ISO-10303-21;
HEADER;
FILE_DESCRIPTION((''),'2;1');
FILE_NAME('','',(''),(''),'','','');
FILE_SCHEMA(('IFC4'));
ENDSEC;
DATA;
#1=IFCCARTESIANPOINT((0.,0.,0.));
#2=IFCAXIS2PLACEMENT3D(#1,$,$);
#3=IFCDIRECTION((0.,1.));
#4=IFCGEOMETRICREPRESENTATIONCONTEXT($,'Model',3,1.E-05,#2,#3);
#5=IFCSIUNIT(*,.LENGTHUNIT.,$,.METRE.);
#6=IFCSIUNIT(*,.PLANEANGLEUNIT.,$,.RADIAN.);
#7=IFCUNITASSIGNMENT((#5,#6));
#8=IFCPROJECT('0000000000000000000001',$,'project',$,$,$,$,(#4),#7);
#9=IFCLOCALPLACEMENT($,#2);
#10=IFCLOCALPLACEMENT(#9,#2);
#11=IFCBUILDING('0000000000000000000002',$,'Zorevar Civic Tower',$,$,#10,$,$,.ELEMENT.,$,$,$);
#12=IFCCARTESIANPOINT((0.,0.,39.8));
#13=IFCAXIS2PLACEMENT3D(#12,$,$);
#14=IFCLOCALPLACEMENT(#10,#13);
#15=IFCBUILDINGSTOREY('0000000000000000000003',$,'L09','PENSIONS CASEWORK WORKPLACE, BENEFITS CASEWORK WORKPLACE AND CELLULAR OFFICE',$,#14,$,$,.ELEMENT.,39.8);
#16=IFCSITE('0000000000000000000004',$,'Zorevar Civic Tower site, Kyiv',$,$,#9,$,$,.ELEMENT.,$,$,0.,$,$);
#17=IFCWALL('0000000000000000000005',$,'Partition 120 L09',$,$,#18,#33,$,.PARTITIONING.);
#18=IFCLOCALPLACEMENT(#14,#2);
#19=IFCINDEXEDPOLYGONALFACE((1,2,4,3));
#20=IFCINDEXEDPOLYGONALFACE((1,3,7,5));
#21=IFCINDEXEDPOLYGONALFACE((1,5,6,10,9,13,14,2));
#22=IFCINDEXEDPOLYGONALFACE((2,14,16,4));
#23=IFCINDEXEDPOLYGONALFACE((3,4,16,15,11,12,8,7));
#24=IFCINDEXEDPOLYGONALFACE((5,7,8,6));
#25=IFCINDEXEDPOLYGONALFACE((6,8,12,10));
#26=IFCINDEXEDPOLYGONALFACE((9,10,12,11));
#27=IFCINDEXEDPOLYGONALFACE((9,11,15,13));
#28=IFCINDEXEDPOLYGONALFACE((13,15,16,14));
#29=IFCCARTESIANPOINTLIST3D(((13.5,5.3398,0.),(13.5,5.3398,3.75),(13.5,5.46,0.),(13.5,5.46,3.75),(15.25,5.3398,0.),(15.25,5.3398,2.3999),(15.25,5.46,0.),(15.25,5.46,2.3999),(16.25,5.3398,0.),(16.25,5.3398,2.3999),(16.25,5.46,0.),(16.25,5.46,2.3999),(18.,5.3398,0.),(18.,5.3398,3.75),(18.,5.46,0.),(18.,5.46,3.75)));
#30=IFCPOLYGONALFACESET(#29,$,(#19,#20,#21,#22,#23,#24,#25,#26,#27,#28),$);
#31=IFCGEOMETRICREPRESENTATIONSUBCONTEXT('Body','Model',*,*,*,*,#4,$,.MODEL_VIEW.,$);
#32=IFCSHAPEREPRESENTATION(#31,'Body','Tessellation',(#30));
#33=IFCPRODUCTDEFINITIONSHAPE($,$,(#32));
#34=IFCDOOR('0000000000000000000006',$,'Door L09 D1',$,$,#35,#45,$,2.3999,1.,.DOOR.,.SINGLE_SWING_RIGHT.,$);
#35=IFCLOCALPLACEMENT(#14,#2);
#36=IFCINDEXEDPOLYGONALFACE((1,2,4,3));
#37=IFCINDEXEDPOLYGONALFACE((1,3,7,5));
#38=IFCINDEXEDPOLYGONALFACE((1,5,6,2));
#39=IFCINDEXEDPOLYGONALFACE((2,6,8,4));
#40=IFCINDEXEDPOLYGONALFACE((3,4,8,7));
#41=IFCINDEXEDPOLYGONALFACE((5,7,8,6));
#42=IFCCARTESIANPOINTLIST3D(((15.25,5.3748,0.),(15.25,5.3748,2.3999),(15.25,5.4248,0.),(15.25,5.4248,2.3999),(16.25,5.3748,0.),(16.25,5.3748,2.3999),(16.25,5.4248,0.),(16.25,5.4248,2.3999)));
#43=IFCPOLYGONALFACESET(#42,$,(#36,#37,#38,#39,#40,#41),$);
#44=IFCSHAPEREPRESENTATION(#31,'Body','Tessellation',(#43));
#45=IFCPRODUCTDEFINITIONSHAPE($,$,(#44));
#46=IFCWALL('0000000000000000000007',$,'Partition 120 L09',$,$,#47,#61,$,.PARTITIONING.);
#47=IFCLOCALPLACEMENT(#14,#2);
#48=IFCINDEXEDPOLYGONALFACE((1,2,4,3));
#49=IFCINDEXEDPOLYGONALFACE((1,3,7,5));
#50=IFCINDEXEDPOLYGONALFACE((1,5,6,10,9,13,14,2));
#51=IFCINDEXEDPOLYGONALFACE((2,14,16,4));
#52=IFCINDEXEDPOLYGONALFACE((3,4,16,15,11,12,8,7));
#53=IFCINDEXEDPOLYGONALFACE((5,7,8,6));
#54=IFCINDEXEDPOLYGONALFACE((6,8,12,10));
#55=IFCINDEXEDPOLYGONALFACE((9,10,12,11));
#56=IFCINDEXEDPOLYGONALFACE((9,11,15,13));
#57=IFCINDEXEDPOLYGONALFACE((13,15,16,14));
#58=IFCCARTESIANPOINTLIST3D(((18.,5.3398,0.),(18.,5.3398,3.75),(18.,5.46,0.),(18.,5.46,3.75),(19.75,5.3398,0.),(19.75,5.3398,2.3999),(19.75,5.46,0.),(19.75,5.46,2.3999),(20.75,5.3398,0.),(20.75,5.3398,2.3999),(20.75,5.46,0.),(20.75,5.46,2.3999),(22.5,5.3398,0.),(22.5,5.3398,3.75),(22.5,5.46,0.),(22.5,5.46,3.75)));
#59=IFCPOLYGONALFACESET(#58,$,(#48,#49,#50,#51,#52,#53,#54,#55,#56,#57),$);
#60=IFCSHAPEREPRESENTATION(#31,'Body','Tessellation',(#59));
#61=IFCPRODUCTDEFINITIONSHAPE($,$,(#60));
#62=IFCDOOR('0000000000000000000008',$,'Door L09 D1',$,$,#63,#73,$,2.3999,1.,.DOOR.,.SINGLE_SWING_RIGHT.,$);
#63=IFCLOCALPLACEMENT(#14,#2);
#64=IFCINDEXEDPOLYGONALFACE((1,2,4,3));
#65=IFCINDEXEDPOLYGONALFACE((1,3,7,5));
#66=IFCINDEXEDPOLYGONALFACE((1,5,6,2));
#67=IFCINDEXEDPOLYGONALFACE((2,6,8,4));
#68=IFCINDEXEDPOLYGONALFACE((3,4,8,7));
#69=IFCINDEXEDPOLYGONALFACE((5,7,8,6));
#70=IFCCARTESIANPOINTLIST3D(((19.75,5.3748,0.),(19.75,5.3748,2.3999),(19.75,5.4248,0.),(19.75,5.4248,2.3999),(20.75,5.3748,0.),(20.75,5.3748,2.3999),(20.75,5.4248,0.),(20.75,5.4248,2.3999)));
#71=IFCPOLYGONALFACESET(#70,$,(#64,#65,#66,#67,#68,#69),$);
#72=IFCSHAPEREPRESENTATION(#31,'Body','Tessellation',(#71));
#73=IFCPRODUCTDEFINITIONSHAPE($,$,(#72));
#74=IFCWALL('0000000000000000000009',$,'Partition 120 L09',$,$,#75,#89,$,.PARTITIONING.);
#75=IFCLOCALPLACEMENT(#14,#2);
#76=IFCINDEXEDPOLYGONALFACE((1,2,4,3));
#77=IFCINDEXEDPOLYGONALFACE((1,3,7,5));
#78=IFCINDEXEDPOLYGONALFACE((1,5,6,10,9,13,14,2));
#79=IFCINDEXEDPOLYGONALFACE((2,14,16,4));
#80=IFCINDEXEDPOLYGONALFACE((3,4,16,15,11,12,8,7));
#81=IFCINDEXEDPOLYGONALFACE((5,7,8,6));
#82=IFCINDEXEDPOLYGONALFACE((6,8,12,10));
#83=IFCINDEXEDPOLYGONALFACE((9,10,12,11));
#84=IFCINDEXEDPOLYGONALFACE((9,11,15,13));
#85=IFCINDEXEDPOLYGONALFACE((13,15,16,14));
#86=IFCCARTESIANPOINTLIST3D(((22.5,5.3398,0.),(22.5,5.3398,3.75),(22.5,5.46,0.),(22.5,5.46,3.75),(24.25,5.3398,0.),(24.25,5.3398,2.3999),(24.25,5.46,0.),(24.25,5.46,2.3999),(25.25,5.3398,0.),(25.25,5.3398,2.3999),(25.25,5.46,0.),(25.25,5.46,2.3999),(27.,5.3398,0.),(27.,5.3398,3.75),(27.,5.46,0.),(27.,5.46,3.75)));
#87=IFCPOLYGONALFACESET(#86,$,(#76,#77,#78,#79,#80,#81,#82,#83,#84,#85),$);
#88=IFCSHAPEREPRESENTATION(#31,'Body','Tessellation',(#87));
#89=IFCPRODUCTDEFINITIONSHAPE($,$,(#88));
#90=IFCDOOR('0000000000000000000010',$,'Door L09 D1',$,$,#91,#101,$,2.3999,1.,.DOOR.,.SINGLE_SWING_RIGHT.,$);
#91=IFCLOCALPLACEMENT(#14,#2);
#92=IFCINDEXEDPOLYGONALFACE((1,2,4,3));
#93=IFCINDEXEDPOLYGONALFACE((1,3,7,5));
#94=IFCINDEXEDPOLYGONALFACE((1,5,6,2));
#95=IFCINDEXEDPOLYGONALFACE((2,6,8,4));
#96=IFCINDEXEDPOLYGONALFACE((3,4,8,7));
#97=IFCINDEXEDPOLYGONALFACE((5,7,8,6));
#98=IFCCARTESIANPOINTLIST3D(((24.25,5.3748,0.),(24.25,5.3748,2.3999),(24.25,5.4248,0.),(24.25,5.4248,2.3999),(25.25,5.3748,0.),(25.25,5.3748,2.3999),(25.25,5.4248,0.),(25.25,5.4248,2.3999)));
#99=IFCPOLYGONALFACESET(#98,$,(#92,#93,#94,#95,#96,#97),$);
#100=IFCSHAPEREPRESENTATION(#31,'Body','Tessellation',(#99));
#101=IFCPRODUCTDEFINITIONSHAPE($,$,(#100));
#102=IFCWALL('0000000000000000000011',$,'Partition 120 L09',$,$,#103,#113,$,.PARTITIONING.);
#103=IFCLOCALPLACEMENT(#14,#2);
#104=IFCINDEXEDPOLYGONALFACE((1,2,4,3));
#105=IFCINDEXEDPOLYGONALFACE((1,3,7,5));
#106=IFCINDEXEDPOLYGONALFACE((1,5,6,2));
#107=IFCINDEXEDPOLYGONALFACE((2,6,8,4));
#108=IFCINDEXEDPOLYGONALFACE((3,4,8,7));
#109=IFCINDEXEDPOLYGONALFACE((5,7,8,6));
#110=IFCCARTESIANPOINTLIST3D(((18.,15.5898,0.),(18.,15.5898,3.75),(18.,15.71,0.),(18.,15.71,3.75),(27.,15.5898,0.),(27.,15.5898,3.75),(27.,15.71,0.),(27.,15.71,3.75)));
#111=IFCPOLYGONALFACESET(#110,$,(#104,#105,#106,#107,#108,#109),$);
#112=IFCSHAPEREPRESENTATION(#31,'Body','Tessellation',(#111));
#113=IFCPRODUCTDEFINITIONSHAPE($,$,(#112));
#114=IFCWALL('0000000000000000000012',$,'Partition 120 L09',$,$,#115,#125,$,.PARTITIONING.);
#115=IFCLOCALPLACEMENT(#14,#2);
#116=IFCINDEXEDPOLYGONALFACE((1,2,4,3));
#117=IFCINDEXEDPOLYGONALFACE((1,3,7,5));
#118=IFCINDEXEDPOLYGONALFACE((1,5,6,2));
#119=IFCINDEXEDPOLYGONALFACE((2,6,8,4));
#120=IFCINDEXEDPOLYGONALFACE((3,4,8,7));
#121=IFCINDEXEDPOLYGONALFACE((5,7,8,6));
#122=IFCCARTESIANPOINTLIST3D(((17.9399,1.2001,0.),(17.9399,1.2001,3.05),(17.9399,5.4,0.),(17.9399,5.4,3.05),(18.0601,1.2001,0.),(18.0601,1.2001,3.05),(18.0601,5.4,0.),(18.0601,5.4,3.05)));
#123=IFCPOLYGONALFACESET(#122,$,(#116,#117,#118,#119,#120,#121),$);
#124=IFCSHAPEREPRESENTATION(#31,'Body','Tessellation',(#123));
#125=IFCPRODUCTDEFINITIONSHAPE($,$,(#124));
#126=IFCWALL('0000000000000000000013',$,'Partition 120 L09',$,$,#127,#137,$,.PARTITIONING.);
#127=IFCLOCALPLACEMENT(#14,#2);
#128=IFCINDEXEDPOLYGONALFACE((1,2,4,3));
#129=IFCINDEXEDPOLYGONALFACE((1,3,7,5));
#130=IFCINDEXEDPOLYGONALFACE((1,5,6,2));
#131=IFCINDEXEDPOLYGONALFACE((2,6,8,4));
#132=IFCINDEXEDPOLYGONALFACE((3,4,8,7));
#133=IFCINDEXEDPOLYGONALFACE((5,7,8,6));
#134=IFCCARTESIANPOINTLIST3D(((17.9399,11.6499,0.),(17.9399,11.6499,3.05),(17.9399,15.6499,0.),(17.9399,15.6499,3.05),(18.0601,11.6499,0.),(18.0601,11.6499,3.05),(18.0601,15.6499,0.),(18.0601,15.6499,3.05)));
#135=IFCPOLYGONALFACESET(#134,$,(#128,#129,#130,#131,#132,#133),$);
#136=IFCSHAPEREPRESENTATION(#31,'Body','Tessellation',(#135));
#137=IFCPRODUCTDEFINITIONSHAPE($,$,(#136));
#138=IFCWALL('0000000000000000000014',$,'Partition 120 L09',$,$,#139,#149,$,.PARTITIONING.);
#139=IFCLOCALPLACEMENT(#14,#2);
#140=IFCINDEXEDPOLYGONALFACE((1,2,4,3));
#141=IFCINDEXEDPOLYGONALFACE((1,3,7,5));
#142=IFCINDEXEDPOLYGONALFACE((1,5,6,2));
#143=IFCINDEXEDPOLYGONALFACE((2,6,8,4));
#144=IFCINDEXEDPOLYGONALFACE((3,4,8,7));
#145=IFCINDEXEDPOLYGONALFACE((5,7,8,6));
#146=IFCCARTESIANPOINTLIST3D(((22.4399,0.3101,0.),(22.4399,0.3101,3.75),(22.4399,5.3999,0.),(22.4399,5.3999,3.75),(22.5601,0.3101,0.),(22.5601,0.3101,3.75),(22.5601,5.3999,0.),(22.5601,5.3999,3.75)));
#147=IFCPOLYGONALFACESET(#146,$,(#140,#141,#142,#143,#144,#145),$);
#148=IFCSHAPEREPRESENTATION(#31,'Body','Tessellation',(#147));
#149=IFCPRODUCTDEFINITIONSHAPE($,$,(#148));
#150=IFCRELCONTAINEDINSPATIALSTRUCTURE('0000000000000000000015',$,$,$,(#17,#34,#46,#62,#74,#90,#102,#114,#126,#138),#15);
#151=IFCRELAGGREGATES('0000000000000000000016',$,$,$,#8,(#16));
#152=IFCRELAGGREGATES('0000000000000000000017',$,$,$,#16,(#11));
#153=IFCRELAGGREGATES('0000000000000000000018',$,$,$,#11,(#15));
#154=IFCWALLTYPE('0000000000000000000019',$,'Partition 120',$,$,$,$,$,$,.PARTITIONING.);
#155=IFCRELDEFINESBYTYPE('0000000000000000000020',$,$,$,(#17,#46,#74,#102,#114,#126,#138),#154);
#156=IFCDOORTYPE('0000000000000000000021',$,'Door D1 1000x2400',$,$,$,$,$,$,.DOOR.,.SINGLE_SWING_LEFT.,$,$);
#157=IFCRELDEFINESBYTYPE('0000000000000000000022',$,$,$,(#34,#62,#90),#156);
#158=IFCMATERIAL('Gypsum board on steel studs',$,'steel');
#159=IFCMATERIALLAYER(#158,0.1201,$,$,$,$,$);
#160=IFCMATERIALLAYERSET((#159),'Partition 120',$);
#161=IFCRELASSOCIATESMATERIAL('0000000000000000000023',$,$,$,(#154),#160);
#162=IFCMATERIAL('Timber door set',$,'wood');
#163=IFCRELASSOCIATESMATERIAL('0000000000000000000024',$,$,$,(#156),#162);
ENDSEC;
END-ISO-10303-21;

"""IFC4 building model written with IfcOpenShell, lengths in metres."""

from ifc_helpers import new_model, si_unit, direction, frame, frame_2d, origin, place, context, subcontext, project, spatial, rectangle, extrude, material, layer, layer_set, type_object, element, fill, save


model = new_model("IFC4")

# Units and contexts
model_context = context("Model", 3, precision=1e-05, world=origin(), true_north=direction((0.0, 1.0)))
body_context = subcontext(model_context, "Body", "Model", "MODEL_VIEW")
ifc_project = project(units=[si_unit("LENGTHUNIT", "METRE"), si_unit("PLANEANGLEUNIT", "RADIAN")], contexts=[model_context])

# Site, building, storey
site_placement = place(None, origin())
site = spatial("IfcSite", under=ifc_project, at=site_placement, Name="Zorevar Civic Tower site, Kyiv", CompositionType="ELEMENT", RefElevation=0.0)
building_placement = place(site_placement, origin())
building = spatial("IfcBuilding", under=site, at=building_placement, Name="Zorevar Civic Tower", CompositionType="ELEMENT")
storey_placement = place(building_placement, frame((0.0, 0.0, 39.8)))
storey = spatial("IfcBuildingStorey", under=building, at=storey_placement, Name="L09", Description="PENSIONS CASEWORK WORKPLACE, BENEFITS CASEWORK WORKPLACE AND CELLULAR OFFICE", CompositionType="ELEMENT", Elevation=39.8)

# Walls, openings, doors
ifc_material_1 = material(Name="Gypsum board on steel studs", Category="steel")
ifc_layer_1 = layer(ifc_material_1, 0.1201)
ifc_layer_set_1 = layer_set([ifc_layer_1], Name="Partition 120")
wall_type_1 = type_object("IfcWallType", Name="Partition 120", PredefinedType="PARTITIONING", material=ifc_layer_set_1)
wall_1_placement = place(storey_placement, frame((13.5, 5.3999, 0.0), z_axis=(0.0, 0.0, 1.0), x_axis=(1.0, 0.0, 0.0)))
wall_1 = element("IfcWall", 1, at=wall_1_placement, inside=storey, type_object=wall_type_1, Name="Partition 120 L09", PredefinedType="PARTITIONING", context=body_context, shape_type="SweptSolid", body=[
    extrude(rectangle(XDim=4.5, YDim=0.1201, at=frame_2d((2.25, 0.0))), origin(), (0.0, 0.0, 1.0), 3.75),
])
opening_1_placement = place(wall_1_placement, frame((1.75, 0.0, 0.0)))
opening_1 = element("IfcOpeningElement", 2, at=opening_1_placement, cuts=wall_1, PredefinedType="OPENING", context=body_context, shape_type="SweptSolid", body=[
    extrude(rectangle(XDim=1.0, YDim=2.3999, at=frame_2d((0.5, 1.2))), frame((0.0, 0.0701, 0.0), z_axis=(0.0, -1.0, 0.0), x_axis=(1.0, 0.0, 0.0)), (0.0, 0.0, 1.0), 0.1401),
])
ifc_material_2 = material(Name="Timber door set", Category="wood")
door_type_1 = type_object("IfcDoorType", Name="Door D1 1000x2400", OperationType="SINGLE_SWING_LEFT", PredefinedType="DOOR", material=ifc_material_2)
door_1_placement = place(opening_1_placement, origin())
door_1 = element("IfcDoor", 3, at=door_1_placement, inside=storey, type_object=door_type_1, Name="Door L09 D1", OperationType="SINGLE_SWING_RIGHT", OverallHeight=2.3999, OverallWidth=1.0, PredefinedType="DOOR", context=body_context, shape_type="SweptSolid", body=[
    extrude(rectangle(XDim=1.0, YDim=2.3999, at=frame_2d((0.5, 1.2))), frame((0.0, 0.0249, 0.0), z_axis=(0.0, -1.0, 0.0), x_axis=(1.0, 0.0, 0.0)), (0.0, 0.0, 1.0), 0.05),
])
fill(opening_1, door_1)
wall_2_placement = place(storey_placement, frame((18.0, 5.3999, 0.0), z_axis=(0.0, 0.0, 1.0), x_axis=(1.0, 0.0, 0.0)))
wall_2 = element("IfcWall", 4, at=wall_2_placement, inside=storey, type_object=wall_type_1, Name="Partition 120 L09", PredefinedType="PARTITIONING", context=body_context, shape_type="SweptSolid", body=[
    extrude(rectangle(XDim=4.5, YDim=0.1201, at=frame_2d((2.25, 0.0))), origin(), (0.0, 0.0, 1.0), 3.75),
])
opening_2_placement = place(wall_2_placement, frame((1.75, 0.0, 0.0)))
opening_2 = element("IfcOpeningElement", 5, at=opening_2_placement, cuts=wall_2, PredefinedType="OPENING", context=body_context, shape_type="SweptSolid", body=[
    extrude(rectangle(XDim=1.0, YDim=2.3999, at=frame_2d((0.5, 1.2))), frame((0.0, 0.0701, 0.0), z_axis=(0.0, -1.0, 0.0), x_axis=(1.0, 0.0, 0.0)), (0.0, 0.0, 1.0), 0.1401),
])
door_2_placement = place(opening_2_placement, origin())
door_2 = element("IfcDoor", 6, at=door_2_placement, inside=storey, type_object=door_type_1, Name="Door L09 D1", OperationType="SINGLE_SWING_RIGHT", OverallHeight=2.3999, OverallWidth=1.0, PredefinedType="DOOR", context=body_context, shape_type="SweptSolid", body=[
    extrude(rectangle(XDim=1.0, YDim=2.3999, at=frame_2d((0.5, 1.2))), frame((0.0, 0.0249, 0.0), z_axis=(0.0, -1.0, 0.0), x_axis=(1.0, 0.0, 0.0)), (0.0, 0.0, 1.0), 0.05),
])
fill(opening_2, door_2)
wall_3_placement = place(storey_placement, frame((22.5, 5.3999, 0.0), z_axis=(0.0, 0.0, 1.0), x_axis=(1.0, 0.0, 0.0)))
wall_3 = element("IfcWall", 7, at=wall_3_placement, inside=storey, type_object=wall_type_1, Name="Partition 120 L09", PredefinedType="PARTITIONING", context=body_context, shape_type="SweptSolid", body=[
    extrude(rectangle(XDim=4.5, YDim=0.1201, at=frame_2d((2.25, 0.0))), origin(), (0.0, 0.0, 1.0), 3.75),
])
opening_3_placement = place(wall_3_placement, frame((1.75, 0.0, 0.0)))
opening_3 = element("IfcOpeningElement", 8, at=opening_3_placement, cuts=wall_3, PredefinedType="OPENING", context=body_context, shape_type="SweptSolid", body=[
    extrude(rectangle(XDim=1.0, YDim=2.3999, at=frame_2d((0.5, 1.2))), frame((0.0, 0.0701, 0.0), z_axis=(0.0, -1.0, 0.0), x_axis=(1.0, 0.0, 0.0)), (0.0, 0.0, 1.0), 0.1401),
])
door_3_placement = place(opening_3_placement, origin())
door_3 = element("IfcDoor", 9, at=door_3_placement, inside=storey, type_object=door_type_1, Name="Door L09 D1", OperationType="SINGLE_SWING_RIGHT", OverallHeight=2.3999, OverallWidth=1.0, PredefinedType="DOOR", context=body_context, shape_type="SweptSolid", body=[
    extrude(rectangle(XDim=1.0, YDim=2.3999, at=frame_2d((0.5, 1.2))), frame((0.0, 0.0249, 0.0), z_axis=(0.0, -1.0, 0.0), x_axis=(1.0, 0.0, 0.0)), (0.0, 0.0, 1.0), 0.05),
])
fill(opening_3, door_3)

# Walls
wall_4_placement = place(storey_placement, frame((18.0, 15.6499, 0.0), z_axis=(0.0, 0.0, 1.0), x_axis=(1.0, 0.0, 0.0)))
element("IfcWall", 10, at=wall_4_placement, inside=storey, type_object=wall_type_1, Name="Partition 120 L09", PredefinedType="PARTITIONING", context=body_context, shape_type="SweptSolid", body=[
    extrude(rectangle(XDim=9.0, YDim=0.1201, at=frame_2d((4.5, 0.0))), origin(), (0.0, 0.0, 1.0), 3.75),
])
wall_5_placement = place(storey_placement, frame((18.0, 1.2, 0.0), z_axis=(0.0, 0.0, 1.0), x_axis=(0.0, 1.0, 0.0)))
element("IfcWall", 11, at=wall_5_placement, inside=storey, type_object=wall_type_1, Name="Partition 120 L09", PredefinedType="PARTITIONING", context=body_context, shape_type="SweptSolid", body=[
    extrude(rectangle(XDim=4.2, YDim=0.1201, at=frame_2d((2.1001, 0.0))), origin(), (0.0, 0.0, 1.0), 3.05),
])
wall_6_placement = place(storey_placement, frame((18.0, 11.6499, 0.0), z_axis=(0.0, 0.0, 1.0), x_axis=(0.0, 1.0, 0.0)))
element("IfcWall", 12, at=wall_6_placement, inside=storey, type_object=wall_type_1, Name="Partition 120 L09", PredefinedType="PARTITIONING", context=body_context, shape_type="SweptSolid", body=[
    extrude(rectangle(XDim=4.0, YDim=0.1201, at=frame_2d((2.0, 0.0))), origin(), (0.0, 0.0, 1.0), 3.05),
])
wall_7_placement = place(storey_placement, frame((22.5, 0.3101, 0.0), z_axis=(0.0, 0.0, 1.0), x_axis=(0.0, 1.0, 0.0)))
element("IfcWall", 13, at=wall_7_placement, inside=storey, type_object=wall_type_1, Name="Partition 120 L09", PredefinedType="PARTITIONING", context=body_context, shape_type="SweptSolid", body=[
    extrude(rectangle(XDim=5.0898, YDim=0.1201, at=frame_2d((2.5449, 0.0))), origin(), (0.0, 0.0, 1.0), 3.75),
])

save(model, "model.ifc")
